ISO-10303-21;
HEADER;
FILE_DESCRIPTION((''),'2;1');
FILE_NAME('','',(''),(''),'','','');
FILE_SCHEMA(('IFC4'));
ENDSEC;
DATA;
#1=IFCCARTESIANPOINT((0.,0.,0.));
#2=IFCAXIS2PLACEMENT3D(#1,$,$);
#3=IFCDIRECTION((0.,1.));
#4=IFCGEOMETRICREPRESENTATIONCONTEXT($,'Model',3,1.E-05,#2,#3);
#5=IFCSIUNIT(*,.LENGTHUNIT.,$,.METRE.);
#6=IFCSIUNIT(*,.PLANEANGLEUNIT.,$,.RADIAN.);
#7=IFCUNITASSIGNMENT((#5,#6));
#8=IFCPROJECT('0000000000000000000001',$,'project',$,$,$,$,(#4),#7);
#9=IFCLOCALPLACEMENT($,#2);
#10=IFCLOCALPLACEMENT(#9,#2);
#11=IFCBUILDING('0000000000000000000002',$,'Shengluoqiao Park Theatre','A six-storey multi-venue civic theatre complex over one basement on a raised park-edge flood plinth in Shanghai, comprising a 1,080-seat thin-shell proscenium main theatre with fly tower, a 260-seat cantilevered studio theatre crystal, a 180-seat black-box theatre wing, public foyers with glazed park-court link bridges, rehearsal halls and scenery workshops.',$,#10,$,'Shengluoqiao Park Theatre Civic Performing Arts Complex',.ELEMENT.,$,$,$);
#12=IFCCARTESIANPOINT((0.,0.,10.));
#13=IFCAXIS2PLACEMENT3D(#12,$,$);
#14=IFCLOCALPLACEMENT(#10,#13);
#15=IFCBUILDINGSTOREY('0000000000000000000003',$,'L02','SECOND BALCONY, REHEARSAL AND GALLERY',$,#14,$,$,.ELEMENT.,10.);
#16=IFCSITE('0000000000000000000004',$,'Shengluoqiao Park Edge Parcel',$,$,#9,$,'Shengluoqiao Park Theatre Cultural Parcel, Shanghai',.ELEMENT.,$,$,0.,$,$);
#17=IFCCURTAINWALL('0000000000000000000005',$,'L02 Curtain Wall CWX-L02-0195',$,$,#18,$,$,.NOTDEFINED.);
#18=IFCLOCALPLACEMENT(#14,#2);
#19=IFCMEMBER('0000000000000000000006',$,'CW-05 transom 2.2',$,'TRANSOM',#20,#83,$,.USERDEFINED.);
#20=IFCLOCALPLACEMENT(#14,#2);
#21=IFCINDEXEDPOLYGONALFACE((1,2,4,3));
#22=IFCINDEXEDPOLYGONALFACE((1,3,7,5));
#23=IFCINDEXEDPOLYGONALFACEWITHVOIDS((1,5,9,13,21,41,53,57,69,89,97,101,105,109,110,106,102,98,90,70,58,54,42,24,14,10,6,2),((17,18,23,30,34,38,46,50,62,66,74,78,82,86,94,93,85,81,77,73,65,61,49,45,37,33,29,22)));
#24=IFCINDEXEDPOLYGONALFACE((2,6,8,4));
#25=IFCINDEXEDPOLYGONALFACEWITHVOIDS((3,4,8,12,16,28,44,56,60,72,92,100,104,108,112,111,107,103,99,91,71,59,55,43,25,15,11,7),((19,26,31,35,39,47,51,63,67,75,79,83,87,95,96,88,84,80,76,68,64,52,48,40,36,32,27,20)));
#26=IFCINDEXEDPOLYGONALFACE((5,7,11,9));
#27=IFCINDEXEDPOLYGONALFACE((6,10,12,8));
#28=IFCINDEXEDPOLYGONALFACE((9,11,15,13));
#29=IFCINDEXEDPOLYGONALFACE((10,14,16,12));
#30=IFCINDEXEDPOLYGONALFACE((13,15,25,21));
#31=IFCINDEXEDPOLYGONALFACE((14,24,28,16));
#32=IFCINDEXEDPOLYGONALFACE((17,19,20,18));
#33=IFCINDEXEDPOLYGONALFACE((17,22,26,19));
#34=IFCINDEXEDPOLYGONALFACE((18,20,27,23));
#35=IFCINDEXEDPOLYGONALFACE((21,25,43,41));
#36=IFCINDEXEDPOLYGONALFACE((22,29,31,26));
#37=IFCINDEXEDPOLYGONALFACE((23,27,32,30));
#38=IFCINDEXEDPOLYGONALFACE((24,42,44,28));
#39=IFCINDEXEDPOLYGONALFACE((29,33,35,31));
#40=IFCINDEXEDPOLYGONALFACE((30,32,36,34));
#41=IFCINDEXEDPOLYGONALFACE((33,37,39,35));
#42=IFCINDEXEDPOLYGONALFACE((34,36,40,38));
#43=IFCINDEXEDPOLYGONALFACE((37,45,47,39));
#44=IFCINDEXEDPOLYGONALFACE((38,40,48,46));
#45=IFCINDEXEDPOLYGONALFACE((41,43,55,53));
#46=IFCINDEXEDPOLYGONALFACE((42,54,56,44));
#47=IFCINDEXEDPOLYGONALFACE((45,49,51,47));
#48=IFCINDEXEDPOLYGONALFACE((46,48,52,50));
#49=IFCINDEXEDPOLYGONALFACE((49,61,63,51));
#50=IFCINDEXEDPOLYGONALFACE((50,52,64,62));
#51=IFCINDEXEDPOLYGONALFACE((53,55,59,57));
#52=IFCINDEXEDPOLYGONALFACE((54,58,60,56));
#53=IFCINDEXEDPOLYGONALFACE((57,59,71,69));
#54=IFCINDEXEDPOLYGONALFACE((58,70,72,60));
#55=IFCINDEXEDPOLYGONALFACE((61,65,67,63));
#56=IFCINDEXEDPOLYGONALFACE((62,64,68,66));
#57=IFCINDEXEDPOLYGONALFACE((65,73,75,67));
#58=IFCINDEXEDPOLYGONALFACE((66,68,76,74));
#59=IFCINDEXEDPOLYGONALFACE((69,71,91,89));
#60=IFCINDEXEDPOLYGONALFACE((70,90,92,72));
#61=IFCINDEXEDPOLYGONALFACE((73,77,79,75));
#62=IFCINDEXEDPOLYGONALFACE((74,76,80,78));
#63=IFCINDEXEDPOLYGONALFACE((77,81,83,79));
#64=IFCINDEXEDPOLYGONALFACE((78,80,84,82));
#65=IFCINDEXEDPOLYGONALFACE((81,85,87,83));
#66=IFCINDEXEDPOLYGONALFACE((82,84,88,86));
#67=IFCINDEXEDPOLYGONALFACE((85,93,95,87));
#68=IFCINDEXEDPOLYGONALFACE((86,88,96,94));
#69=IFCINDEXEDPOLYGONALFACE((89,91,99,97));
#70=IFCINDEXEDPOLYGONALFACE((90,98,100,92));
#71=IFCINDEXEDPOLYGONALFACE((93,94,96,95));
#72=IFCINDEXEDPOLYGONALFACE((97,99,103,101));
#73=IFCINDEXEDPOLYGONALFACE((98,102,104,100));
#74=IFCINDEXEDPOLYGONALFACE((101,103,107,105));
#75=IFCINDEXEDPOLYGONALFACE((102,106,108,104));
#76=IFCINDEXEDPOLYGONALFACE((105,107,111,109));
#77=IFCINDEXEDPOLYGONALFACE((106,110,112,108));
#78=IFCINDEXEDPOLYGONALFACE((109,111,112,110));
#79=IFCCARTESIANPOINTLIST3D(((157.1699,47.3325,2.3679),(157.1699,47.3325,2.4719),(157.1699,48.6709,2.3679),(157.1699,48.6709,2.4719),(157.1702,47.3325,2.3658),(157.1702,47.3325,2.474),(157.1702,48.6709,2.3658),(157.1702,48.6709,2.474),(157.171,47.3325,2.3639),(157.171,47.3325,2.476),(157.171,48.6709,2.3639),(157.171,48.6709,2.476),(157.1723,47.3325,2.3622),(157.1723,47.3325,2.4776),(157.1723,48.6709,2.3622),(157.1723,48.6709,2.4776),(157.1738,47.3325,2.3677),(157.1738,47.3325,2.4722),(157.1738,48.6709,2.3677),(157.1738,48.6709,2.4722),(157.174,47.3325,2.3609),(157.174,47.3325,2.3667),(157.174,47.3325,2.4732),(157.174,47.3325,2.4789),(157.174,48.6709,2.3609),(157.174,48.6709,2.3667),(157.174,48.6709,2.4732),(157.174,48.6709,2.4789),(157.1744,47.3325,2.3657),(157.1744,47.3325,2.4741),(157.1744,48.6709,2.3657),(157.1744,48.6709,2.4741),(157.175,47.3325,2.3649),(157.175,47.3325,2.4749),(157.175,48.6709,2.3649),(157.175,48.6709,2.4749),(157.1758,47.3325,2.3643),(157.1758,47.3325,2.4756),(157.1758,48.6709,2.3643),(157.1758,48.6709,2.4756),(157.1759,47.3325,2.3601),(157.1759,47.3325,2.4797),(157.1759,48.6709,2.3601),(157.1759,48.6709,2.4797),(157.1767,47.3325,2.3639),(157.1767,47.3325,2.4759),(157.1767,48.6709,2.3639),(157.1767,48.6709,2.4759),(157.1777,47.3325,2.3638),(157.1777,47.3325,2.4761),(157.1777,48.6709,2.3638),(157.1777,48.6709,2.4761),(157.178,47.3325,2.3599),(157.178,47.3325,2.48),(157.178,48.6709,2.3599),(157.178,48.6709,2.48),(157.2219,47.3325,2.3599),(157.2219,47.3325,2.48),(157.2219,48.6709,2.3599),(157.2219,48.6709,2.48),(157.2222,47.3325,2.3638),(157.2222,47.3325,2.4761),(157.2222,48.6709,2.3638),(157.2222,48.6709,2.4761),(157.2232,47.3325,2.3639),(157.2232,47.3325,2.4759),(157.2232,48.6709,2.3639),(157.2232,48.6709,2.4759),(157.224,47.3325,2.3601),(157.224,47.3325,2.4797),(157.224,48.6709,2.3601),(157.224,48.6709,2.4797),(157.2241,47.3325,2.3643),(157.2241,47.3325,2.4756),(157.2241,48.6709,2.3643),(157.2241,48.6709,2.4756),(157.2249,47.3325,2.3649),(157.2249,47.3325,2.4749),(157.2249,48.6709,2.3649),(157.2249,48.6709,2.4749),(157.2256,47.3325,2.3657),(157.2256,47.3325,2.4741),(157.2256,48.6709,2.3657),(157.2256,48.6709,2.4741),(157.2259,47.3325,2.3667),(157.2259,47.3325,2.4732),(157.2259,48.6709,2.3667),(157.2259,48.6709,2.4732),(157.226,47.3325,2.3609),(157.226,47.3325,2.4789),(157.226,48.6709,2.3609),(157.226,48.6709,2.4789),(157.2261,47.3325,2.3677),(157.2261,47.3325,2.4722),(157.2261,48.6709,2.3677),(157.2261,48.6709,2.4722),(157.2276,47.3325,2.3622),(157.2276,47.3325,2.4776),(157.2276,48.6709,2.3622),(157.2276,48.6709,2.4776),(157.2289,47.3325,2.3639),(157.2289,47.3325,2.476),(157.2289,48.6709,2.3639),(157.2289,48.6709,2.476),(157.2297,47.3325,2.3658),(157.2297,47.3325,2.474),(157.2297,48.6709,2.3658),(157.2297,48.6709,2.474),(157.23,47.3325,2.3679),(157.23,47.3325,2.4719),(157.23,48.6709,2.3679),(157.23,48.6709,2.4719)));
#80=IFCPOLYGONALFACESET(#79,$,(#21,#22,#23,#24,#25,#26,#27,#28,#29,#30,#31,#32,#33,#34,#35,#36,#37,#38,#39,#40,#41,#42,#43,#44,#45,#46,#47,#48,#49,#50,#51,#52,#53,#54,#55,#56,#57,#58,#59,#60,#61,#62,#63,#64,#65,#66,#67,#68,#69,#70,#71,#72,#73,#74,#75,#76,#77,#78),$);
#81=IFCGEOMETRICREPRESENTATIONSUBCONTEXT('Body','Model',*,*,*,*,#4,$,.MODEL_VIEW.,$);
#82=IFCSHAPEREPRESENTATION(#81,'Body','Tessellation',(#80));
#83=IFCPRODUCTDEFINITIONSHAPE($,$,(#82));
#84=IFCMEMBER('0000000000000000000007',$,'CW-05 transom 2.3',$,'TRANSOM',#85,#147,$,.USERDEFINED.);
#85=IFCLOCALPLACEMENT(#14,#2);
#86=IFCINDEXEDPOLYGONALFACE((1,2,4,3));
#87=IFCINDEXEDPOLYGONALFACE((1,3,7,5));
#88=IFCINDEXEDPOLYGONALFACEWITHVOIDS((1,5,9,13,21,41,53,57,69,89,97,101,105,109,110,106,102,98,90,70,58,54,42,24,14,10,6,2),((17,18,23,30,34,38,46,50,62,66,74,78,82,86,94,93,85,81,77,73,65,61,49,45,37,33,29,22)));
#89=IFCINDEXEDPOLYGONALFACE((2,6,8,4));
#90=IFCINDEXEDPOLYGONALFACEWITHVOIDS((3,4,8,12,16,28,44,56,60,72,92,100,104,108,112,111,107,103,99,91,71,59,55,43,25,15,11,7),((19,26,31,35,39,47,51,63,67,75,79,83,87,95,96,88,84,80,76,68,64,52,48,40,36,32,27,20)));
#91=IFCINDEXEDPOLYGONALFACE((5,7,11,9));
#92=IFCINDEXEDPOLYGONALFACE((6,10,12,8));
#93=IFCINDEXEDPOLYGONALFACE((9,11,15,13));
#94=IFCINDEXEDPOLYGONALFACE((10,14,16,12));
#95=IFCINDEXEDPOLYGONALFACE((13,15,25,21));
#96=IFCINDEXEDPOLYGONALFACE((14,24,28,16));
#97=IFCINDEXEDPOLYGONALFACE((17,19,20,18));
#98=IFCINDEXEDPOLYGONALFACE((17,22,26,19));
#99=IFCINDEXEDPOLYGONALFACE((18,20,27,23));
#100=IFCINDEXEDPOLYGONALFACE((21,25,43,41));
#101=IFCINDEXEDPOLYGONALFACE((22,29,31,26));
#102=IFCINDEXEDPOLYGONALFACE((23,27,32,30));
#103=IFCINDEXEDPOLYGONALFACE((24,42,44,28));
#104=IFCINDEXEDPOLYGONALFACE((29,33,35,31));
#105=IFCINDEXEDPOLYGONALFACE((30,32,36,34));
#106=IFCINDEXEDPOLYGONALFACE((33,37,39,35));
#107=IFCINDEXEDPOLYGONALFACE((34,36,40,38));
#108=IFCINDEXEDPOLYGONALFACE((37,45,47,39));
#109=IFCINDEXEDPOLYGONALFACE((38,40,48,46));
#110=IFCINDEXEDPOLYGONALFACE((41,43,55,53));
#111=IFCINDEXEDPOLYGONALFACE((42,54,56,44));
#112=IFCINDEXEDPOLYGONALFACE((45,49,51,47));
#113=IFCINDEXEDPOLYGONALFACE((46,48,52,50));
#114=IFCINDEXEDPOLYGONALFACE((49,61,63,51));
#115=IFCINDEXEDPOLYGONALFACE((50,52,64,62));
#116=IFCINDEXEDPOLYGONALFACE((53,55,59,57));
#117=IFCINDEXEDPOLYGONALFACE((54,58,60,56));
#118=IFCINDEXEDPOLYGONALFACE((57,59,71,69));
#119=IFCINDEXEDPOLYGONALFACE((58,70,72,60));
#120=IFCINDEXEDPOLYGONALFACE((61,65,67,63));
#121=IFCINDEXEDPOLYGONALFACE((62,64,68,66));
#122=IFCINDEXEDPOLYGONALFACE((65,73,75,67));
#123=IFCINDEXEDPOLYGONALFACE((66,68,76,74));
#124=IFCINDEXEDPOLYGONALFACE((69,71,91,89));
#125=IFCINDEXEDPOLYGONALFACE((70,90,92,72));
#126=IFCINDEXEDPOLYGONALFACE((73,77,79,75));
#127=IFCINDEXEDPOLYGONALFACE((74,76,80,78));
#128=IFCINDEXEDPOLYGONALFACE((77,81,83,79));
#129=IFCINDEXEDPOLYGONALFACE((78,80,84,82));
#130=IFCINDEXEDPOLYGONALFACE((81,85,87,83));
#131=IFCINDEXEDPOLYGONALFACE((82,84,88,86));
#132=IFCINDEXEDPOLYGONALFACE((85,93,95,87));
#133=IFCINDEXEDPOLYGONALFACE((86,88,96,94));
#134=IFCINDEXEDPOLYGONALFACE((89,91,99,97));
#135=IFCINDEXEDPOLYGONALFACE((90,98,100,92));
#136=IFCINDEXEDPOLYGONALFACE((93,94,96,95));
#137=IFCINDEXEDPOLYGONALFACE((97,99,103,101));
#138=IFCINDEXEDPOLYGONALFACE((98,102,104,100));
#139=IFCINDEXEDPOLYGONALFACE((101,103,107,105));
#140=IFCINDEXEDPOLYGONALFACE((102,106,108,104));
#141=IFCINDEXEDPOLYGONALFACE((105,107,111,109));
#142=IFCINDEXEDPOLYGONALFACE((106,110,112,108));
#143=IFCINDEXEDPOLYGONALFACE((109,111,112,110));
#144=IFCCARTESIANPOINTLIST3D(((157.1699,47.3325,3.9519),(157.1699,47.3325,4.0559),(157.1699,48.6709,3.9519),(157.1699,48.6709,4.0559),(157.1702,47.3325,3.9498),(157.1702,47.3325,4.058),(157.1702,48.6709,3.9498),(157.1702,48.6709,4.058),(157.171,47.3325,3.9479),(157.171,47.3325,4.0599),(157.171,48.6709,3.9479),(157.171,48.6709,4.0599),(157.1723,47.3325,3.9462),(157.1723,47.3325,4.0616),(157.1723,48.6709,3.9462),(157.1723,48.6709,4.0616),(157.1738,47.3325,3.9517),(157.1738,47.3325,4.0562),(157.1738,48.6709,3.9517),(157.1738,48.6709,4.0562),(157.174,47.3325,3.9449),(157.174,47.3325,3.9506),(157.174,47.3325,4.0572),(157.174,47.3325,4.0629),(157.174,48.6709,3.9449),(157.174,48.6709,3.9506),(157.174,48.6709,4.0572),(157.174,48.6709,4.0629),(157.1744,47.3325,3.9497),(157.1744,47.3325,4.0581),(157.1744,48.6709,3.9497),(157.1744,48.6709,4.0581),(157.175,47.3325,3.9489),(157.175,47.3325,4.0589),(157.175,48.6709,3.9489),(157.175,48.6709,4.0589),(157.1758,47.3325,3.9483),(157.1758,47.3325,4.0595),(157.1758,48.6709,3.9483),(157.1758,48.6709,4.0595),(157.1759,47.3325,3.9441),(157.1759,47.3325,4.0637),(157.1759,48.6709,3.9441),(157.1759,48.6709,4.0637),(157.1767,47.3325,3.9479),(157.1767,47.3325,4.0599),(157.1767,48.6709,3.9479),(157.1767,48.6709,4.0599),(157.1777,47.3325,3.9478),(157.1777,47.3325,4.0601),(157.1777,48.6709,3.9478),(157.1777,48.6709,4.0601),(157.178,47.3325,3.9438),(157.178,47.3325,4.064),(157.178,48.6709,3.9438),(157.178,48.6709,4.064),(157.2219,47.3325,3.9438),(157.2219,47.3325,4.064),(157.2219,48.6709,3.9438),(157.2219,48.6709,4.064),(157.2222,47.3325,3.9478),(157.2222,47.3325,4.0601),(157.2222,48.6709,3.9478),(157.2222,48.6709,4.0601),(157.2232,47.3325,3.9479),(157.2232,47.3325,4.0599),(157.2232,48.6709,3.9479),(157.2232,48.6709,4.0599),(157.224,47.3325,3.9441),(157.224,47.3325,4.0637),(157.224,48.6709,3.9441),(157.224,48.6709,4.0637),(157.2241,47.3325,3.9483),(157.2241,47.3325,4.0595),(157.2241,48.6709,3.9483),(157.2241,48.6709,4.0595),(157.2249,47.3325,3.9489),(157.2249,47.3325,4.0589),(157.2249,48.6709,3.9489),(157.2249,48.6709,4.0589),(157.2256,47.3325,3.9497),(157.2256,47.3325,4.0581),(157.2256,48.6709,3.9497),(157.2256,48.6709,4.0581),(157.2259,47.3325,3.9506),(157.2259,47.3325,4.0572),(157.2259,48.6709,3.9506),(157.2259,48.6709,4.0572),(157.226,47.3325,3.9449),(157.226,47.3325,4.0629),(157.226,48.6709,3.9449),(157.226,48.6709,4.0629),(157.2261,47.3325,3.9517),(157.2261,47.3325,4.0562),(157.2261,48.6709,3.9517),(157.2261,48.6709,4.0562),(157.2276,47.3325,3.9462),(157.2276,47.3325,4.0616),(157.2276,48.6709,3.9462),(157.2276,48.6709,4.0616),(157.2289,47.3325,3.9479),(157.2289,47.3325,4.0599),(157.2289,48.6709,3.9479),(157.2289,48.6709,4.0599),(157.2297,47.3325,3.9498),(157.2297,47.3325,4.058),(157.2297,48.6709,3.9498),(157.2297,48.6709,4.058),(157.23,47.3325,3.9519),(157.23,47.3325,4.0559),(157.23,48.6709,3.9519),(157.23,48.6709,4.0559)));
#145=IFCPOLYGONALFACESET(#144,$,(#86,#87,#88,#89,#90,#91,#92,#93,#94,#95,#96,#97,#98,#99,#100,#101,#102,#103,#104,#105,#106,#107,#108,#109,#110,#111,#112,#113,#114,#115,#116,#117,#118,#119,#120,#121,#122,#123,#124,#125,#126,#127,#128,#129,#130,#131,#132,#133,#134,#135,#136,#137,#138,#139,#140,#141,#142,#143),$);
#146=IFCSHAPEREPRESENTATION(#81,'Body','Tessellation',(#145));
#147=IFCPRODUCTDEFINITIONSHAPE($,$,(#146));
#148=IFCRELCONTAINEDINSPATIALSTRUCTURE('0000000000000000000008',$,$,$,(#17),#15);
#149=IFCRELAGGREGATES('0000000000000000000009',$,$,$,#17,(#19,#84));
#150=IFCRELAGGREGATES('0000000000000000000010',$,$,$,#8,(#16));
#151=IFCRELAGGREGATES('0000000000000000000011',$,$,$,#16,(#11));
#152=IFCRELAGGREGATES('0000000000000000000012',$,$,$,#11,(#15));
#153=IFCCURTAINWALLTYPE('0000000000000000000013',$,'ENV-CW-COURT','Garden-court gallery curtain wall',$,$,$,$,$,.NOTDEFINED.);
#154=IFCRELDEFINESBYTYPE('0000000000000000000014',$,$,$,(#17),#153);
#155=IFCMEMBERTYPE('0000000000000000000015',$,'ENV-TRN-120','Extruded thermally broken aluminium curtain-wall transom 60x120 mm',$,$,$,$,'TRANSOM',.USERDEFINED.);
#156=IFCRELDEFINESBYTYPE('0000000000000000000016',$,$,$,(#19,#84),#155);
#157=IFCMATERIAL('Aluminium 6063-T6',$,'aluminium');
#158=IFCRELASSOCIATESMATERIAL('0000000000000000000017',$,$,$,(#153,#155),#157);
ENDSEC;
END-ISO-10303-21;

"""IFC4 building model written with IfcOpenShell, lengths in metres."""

from ifc_helpers import new_model, si_unit, direction, frame, origin, origin_2d, place, context, subcontext, project, spatial, hollow_rectangle, extrude, material, material_profile, profile_set, type_object, element, aggregate, save


model = new_model("IFC4")

# Units and contexts
model_context = context("Model", 3, precision=1e-05, world=origin(), true_north=direction((0.0, 1.0)))
body_context = subcontext(model_context, "Body", "Model", "MODEL_VIEW")
ifc_project = project(units=[si_unit("LENGTHUNIT", "METRE"), si_unit("PLANEANGLEUNIT", "RADIAN")], contexts=[model_context])

# Site, building, storey
site_placement = place(None, origin())
site = spatial("IfcSite", under=ifc_project, at=site_placement, Name="Shengluoqiao Park Edge Parcel", LongName="Shengluoqiao Park Theatre Cultural Parcel, Shanghai", CompositionType="ELEMENT", RefElevation=0.0)
building_placement = place(site_placement, origin())
building = spatial("IfcBuilding", under=site, at=building_placement, Name="Shengluoqiao Park Theatre", Description="A six-storey multi-venue civic theatre complex over one basement on a raised park-edge flood plinth in Shanghai, comprising a 1,080-seat thin-shell proscenium main theatre with fly tower, a 260-seat cantilevered studio theatre crystal, a 180-seat black-box theatre wing, public foyers with glazed park-court link bridges, rehearsal halls and scenery workshops.", LongName="Shengluoqiao Park Theatre Civic Performing Arts Complex", CompositionType="ELEMENT")
storey_placement = place(building_placement, frame((0.0, 0.0, 10.0)))
storey = spatial("IfcBuildingStorey", under=building, at=storey_placement, Name="L02", Description="SECOND BALCONY, REHEARSAL AND GALLERY", CompositionType="ELEMENT", Elevation=10.0)

# Curtain wall, members
ifc_material_1 = material(Name="Aluminium 6063-T6", Category="aluminium")
curtain_wall_type = type_object("IfcCurtainWallType", Name="ENV-CW-COURT", Description="Garden-court gallery curtain wall", PredefinedType="NOTDEFINED", material=ifc_material_1)
curtain_wall_placement = place(storey_placement, origin())
curtain_wall = element("IfcCurtainWall", 1, at=curtain_wall_placement, inside=storey, type_object=curtain_wall_type, Name="L02 Curtain Wall CWX-L02-0195", PredefinedType="NOTDEFINED")
ifc_material_profile_1 = material_profile(ifc_material_1, hollow_rectangle(XDim=0.0601, YDim=0.1201, WallThickness=0.0039, InnerFilletRadius=0.0039, OuterFilletRadius=0.0081, at=origin_2d()), Name="ALU TRANSOM 120x60x4")
ifc_profile_set_1 = profile_set([ifc_material_profile_1], Name="Aluminium 6063-T6")
member_type_1 = type_object("IfcMemberType", Name="ENV-TRN-120", Description="Extruded thermally broken aluminium curtain-wall transom 60x120 mm", ElementType="TRANSOM", PredefinedType="USERDEFINED", material=ifc_profile_set_1)
member_1_placement = place(storey_placement, frame((157.2, 47.3325, 2.4199), z_axis=(0.0, 1.0, 0.0), x_axis=(-1.0, 0.0, 0.0)))
member_1 = element("IfcMember", 2, at=member_1_placement, type_object=member_type_1, Name="CW-05 transom 2.2", ObjectType="TRANSOM", PredefinedType="USERDEFINED", context=body_context, shape_type="SweptSolid", body=[
    extrude(hollow_rectangle(XDim=0.0601, YDim=0.1201, WallThickness=0.0039, InnerFilletRadius=0.0039, OuterFilletRadius=0.0081, at=origin_2d()), origin(), (0.0, 0.0, 1.0), 1.3384),
])
member_2_placement = place(storey_placement, frame((157.2, 47.3325, 4.0039), z_axis=(0.0, 1.0, 0.0), x_axis=(-1.0, 0.0, 0.0)))
member_2 = element("IfcMember", 3, at=member_2_placement, type_object=member_type_1, Name="CW-05 transom 2.3", ObjectType="TRANSOM", PredefinedType="USERDEFINED", context=body_context, shape_type="SweptSolid", body=[
    extrude(hollow_rectangle(XDim=0.0601, YDim=0.1201, WallThickness=0.0039, InnerFilletRadius=0.0039, OuterFilletRadius=0.0081, at=origin_2d()), origin(), (0.0, 0.0, 1.0), 1.3384),
])

aggregate(curtain_wall, [member_1, member_2])

save(model, "model.ifc")
